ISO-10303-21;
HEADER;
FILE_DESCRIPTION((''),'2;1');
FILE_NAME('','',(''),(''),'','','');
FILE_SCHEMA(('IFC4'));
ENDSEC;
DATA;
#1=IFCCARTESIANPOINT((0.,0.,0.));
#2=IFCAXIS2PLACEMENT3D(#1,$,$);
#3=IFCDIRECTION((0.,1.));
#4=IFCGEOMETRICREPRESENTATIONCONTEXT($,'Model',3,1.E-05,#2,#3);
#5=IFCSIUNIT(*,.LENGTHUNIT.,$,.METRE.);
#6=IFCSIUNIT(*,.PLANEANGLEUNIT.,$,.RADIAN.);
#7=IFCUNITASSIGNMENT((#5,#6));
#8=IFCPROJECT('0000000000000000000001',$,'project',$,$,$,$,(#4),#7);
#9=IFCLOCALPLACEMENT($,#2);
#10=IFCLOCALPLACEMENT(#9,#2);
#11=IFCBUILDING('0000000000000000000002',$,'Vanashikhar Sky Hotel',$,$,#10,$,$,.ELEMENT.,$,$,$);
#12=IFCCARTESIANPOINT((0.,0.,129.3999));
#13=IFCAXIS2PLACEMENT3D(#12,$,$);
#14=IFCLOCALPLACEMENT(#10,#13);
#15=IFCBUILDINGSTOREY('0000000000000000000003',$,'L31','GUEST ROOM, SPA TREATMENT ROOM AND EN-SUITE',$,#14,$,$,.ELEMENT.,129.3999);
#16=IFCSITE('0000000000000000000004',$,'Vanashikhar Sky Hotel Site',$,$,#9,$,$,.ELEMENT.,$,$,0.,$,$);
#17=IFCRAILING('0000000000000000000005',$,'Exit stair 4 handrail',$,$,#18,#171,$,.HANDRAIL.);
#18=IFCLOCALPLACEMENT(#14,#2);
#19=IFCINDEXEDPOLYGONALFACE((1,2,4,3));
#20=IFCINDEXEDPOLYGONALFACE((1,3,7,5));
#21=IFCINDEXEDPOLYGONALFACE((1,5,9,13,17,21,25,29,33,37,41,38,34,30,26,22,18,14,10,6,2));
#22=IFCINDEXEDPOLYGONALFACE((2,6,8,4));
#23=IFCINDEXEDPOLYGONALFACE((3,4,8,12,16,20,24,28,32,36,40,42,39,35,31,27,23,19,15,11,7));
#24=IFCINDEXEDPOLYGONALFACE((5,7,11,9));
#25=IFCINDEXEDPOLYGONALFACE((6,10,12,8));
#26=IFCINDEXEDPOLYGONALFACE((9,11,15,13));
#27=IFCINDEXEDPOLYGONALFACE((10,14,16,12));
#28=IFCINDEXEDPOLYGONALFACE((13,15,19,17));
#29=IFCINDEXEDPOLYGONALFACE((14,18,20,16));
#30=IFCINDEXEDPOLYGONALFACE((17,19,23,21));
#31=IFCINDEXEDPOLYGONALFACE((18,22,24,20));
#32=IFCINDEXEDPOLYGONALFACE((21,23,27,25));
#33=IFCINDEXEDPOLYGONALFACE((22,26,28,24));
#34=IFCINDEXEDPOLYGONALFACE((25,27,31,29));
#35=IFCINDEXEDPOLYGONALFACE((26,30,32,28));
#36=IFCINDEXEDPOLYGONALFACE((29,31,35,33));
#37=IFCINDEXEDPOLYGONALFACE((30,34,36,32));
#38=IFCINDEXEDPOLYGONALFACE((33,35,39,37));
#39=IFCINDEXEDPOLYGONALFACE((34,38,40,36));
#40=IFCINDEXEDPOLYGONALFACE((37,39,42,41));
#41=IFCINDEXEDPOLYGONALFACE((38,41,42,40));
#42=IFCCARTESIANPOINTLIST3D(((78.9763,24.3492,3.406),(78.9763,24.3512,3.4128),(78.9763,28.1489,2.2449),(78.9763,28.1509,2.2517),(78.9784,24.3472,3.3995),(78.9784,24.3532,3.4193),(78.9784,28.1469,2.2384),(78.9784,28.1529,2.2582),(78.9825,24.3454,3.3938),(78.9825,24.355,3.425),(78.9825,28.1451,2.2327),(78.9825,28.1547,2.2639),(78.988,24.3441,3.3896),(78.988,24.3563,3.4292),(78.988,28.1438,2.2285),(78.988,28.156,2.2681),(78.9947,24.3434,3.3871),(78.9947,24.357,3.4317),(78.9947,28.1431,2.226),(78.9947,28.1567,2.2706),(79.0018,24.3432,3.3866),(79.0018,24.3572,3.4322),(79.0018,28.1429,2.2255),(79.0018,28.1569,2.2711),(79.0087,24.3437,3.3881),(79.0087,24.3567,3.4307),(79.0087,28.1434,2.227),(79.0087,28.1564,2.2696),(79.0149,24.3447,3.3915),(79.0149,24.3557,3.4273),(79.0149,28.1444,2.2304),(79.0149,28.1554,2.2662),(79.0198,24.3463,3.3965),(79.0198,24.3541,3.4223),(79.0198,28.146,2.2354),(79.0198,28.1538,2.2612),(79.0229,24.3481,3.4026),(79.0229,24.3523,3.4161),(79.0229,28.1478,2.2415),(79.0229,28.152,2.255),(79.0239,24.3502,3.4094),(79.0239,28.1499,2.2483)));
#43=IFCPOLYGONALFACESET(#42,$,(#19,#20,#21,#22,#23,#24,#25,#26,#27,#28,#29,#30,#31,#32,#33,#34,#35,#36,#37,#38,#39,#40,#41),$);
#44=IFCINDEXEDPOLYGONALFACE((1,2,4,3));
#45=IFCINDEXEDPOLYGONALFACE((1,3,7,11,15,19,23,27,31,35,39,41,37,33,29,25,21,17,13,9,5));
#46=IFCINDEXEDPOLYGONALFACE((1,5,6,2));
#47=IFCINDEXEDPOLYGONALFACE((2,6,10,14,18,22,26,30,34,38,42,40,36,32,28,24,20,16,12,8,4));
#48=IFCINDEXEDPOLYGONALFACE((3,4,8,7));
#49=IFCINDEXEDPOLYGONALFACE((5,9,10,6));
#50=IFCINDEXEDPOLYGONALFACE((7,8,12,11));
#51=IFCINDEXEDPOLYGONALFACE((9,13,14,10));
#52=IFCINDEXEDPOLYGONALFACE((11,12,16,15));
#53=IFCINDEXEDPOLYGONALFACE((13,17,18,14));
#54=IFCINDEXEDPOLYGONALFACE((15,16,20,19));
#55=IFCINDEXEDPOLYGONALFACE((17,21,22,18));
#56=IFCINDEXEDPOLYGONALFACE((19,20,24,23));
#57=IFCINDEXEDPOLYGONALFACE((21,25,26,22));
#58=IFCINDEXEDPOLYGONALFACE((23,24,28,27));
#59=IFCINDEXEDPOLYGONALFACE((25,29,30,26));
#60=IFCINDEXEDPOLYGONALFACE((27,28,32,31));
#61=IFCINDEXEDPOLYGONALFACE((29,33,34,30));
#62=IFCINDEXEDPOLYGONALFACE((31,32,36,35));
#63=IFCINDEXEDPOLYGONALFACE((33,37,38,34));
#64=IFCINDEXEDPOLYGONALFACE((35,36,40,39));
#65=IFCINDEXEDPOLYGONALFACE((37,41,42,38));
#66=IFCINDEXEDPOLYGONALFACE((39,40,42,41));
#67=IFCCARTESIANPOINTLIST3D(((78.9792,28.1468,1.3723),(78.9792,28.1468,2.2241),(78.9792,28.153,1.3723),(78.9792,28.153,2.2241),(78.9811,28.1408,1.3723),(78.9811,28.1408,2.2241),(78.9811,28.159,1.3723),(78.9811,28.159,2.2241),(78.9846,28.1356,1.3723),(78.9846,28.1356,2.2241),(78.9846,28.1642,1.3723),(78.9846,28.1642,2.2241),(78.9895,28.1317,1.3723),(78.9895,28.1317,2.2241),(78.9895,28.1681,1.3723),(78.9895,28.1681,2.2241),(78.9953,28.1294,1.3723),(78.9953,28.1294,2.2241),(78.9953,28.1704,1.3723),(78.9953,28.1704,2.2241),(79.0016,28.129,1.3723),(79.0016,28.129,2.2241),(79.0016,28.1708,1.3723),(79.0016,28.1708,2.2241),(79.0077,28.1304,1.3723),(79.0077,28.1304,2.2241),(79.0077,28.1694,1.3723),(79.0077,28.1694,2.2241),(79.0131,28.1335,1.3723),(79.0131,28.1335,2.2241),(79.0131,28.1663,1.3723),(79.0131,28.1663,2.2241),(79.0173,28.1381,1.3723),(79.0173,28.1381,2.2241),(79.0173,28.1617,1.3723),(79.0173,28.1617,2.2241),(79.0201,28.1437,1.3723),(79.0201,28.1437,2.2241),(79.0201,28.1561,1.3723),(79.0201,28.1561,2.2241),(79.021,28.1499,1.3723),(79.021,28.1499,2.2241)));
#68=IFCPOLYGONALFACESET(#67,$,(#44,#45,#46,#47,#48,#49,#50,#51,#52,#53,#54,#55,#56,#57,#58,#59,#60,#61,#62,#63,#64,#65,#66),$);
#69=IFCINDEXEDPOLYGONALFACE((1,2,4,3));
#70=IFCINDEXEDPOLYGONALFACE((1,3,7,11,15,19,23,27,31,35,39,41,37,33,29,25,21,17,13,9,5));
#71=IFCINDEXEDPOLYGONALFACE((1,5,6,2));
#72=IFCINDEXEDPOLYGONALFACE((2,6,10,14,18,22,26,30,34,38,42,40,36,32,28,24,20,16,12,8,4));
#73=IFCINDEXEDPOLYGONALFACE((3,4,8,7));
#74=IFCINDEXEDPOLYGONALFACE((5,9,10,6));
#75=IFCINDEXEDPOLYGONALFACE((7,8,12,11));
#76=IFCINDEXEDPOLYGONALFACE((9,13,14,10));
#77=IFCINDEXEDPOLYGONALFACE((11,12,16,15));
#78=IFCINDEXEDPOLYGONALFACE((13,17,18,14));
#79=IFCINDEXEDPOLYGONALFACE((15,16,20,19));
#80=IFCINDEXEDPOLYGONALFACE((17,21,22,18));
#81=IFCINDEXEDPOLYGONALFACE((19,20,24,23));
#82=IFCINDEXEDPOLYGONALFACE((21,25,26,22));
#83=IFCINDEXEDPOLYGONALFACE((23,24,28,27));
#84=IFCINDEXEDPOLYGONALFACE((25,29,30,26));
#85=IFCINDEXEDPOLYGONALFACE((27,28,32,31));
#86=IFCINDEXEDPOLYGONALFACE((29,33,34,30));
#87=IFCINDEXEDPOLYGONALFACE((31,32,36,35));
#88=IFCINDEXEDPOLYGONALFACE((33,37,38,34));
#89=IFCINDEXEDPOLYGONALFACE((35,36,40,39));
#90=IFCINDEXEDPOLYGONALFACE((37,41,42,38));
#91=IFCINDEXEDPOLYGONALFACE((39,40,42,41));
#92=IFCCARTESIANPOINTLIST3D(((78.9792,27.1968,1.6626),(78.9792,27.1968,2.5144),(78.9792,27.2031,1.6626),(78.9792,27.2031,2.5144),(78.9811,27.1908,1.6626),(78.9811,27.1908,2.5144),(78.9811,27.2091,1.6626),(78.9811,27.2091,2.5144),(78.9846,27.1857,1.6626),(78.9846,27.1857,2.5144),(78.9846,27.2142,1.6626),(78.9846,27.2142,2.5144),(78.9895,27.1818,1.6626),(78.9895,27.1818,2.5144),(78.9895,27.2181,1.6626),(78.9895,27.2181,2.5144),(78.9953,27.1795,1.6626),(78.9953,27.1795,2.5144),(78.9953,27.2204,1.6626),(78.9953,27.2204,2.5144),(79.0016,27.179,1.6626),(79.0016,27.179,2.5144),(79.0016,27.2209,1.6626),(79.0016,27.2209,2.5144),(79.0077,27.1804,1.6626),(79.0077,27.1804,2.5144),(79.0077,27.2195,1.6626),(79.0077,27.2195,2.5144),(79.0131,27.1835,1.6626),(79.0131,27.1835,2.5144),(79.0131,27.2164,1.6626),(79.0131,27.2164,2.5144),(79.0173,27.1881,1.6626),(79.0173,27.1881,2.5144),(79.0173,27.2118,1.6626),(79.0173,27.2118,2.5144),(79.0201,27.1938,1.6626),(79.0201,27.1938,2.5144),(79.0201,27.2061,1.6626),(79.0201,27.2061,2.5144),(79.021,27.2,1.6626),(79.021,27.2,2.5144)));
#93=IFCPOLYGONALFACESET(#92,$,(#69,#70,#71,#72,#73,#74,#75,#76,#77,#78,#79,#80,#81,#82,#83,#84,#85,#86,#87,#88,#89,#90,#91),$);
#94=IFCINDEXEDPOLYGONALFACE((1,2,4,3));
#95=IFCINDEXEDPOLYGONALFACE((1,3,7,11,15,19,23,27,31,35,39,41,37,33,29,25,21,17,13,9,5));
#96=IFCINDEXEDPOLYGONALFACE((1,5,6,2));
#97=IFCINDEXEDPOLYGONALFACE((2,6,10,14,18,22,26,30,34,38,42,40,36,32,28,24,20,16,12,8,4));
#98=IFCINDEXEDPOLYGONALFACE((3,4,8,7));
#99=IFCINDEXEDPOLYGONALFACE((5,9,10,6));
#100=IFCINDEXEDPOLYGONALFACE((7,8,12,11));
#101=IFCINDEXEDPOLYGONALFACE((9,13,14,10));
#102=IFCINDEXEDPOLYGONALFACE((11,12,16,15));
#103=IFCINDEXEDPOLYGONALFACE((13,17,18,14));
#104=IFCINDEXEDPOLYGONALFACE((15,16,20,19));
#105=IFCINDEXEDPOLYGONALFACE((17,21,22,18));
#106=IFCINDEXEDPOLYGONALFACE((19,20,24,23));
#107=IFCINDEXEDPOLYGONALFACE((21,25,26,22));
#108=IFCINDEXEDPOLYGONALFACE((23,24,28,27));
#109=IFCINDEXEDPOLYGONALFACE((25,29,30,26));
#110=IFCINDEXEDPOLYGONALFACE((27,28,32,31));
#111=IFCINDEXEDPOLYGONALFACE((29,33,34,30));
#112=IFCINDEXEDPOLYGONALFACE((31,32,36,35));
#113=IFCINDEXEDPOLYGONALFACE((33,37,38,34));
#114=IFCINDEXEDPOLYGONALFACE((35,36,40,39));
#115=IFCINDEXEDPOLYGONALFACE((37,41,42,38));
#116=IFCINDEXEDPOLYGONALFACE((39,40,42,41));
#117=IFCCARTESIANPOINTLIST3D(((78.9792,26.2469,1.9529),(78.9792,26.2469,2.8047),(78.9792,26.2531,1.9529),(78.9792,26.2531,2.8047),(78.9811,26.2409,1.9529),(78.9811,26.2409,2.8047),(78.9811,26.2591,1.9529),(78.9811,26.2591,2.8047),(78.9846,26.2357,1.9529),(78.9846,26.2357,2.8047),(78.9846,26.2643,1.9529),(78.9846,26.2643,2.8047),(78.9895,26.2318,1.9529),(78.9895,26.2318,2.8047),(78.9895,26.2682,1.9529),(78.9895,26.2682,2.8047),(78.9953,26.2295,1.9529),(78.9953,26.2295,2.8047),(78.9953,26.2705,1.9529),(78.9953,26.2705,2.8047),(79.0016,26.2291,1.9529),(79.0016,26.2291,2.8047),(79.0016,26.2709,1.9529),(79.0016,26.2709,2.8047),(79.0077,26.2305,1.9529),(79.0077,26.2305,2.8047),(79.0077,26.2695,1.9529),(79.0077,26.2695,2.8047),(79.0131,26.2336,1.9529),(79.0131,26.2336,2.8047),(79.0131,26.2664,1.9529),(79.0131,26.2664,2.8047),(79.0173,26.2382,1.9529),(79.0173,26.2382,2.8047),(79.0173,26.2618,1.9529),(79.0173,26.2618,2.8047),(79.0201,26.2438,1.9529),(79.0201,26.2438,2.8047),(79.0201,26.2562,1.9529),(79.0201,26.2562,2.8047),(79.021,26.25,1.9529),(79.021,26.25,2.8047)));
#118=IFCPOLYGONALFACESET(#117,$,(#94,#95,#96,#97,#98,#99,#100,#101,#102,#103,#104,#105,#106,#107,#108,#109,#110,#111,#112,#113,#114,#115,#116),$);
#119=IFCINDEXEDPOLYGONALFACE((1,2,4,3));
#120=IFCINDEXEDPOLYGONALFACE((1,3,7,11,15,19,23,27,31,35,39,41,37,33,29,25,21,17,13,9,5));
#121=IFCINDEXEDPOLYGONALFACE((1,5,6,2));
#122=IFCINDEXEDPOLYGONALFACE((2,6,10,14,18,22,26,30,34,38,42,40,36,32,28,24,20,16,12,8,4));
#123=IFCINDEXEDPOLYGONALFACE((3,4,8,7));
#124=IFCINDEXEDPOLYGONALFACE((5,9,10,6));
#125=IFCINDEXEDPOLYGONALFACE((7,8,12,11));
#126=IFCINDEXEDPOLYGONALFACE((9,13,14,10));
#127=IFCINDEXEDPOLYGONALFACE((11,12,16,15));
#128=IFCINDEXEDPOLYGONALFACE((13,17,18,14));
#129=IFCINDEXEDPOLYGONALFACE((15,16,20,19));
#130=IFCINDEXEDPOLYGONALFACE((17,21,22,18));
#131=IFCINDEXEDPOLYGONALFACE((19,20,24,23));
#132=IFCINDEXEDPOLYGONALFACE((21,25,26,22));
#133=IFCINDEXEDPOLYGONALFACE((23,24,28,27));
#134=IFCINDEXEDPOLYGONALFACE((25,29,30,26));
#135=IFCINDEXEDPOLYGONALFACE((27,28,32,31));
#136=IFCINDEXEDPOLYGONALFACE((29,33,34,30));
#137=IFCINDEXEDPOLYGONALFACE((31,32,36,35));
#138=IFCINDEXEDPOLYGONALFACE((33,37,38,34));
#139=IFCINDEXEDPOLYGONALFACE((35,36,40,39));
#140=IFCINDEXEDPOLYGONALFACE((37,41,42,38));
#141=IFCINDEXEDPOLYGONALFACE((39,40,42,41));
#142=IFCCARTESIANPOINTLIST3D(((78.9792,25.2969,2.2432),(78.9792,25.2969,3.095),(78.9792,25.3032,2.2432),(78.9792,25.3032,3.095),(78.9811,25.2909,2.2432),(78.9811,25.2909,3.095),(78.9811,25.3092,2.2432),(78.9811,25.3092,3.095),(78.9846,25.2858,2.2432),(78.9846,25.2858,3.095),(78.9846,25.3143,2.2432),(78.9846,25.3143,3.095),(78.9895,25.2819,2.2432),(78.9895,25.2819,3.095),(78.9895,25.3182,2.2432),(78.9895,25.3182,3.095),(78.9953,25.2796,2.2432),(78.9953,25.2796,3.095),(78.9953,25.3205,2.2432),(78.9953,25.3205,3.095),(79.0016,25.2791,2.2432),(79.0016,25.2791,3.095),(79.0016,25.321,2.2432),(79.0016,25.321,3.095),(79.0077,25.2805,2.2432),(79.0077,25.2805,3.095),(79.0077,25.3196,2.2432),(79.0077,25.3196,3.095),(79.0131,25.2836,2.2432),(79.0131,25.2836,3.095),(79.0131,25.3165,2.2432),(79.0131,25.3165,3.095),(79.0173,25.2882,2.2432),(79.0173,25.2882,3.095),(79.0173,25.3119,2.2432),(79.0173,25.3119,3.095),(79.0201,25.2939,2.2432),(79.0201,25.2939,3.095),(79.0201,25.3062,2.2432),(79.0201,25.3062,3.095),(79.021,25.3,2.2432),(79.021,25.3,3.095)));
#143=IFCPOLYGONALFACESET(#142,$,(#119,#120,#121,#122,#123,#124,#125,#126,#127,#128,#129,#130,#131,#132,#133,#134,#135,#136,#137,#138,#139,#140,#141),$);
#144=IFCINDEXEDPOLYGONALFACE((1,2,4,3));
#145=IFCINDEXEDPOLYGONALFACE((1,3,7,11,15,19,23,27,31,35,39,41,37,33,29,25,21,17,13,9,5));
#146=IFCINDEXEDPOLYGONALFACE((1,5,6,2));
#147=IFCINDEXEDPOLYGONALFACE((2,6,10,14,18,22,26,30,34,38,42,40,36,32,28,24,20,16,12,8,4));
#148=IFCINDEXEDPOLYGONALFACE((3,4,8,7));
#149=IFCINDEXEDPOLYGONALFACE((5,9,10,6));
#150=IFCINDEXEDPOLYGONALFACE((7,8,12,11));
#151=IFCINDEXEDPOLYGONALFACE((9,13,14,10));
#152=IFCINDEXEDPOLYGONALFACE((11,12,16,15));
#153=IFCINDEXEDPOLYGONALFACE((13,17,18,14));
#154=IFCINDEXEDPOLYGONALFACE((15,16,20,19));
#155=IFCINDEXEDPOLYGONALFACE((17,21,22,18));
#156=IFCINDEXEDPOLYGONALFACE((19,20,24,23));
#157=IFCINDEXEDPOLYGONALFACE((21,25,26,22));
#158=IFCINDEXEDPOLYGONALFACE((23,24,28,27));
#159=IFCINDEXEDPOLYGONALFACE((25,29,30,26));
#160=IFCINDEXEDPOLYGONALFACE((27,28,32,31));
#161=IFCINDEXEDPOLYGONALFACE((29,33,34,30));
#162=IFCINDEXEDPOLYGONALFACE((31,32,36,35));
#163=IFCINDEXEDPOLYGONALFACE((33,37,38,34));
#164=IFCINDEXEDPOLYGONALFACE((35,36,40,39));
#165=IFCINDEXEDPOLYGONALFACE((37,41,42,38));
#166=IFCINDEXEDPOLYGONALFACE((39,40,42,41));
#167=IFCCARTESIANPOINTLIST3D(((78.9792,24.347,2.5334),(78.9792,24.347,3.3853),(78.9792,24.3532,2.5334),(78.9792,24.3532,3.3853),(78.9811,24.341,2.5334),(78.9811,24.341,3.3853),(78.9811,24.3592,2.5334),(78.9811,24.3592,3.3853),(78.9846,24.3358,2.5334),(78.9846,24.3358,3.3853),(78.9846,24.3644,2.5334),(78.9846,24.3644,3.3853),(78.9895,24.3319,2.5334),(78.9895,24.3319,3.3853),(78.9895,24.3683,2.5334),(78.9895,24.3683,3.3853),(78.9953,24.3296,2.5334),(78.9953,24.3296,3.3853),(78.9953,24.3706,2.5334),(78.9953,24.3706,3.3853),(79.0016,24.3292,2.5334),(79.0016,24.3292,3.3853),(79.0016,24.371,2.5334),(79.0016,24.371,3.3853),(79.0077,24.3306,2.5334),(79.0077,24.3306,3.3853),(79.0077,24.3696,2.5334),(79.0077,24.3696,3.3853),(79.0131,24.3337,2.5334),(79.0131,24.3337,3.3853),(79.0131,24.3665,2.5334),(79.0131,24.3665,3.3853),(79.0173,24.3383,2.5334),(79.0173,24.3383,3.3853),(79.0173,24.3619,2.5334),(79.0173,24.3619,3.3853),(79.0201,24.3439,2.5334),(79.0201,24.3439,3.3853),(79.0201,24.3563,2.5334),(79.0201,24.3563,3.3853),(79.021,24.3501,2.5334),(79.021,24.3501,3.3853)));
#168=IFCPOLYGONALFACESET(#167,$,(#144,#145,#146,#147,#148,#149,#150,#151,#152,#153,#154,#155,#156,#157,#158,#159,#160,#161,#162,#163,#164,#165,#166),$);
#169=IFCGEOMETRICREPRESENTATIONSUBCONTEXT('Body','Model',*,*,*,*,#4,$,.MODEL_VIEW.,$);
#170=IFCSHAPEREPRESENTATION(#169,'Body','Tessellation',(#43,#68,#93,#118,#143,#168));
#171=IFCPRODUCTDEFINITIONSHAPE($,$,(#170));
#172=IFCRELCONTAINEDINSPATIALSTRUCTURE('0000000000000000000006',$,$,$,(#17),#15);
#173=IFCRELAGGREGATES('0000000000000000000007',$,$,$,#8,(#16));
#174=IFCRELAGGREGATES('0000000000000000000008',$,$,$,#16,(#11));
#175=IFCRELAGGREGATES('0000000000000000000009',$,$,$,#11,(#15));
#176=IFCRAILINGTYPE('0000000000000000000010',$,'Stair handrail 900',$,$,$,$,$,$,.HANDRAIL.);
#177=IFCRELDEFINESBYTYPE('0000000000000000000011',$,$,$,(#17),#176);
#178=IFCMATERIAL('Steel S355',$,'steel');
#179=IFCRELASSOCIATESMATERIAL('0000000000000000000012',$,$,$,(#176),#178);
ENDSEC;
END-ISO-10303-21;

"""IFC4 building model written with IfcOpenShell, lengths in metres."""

from ifc_helpers import new_model, si_unit, direction, frame, origin, origin_2d, place, context, subcontext, project, spatial, circle, extrude, source, transform, mapped, material, type_object, element, save


model = new_model("IFC4")

# Units and contexts
model_context = context("Model", 3, precision=1e-05, world=origin(), true_north=direction((0.0, 1.0)))
body_context = subcontext(model_context, "Body", "Model", "MODEL_VIEW")
ifc_project = project(units=[si_unit("LENGTHUNIT", "METRE"), si_unit("PLANEANGLEUNIT", "RADIAN")], contexts=[model_context])

# Site, building, storey
site_placement = place(None, origin())
site = spatial("IfcSite", under=ifc_project, at=site_placement, Name="Vanashikhar Sky Hotel Site", CompositionType="ELEMENT", RefElevation=0.0)
building_placement = place(site_placement, origin())
building = spatial("IfcBuilding", under=site, at=building_placement, Name="Vanashikhar Sky Hotel", CompositionType="ELEMENT")
storey_placement = place(building_placement, frame((0.0, 0.0, 129.3999)))
storey = spatial("IfcBuildingStorey", under=building, at=storey_placement, Name="L31", Description="GUEST ROOM, SPA TREATMENT ROOM AND EN-SUITE", CompositionType="ELEMENT", Elevation=129.3999)

# Railing
ifc_material_1 = material(Name="Steel S355", Category="steel")
railing_type_1 = type_object("IfcRailingType", Name="Stair handrail 900", PredefinedType="HANDRAIL", material=ifc_material_1)
shared_shape_1 = source(origin(), body_context, "Body", "SweptSolid", [
    extrude(circle(Radius=0.0239, at=origin_2d()), frame((0.0, 0.0, 0.876), z_axis=(0.0, -0.956346, 0.292237), x_axis=(1.0, 0.0, 0.0)), (0.0, 0.0, 1.0), 3.9731),
    extrude(circle(Radius=0.021, at=origin_2d()), origin(), (0.0, 0.0, 1.0), 0.8518),
    extrude(circle(Radius=0.021, at=origin_2d()), frame((0.0, -0.95, 0.2903)), (0.0, 0.0, 1.0), 0.8518),
    extrude(circle(Radius=0.021, at=origin_2d()), frame((0.0, -1.8999, 0.5806)), (0.0, 0.0, 1.0), 0.8518),
    extrude(circle(Radius=0.021, at=origin_2d()), frame((0.0, -2.8499, 0.8708)), (0.0, 0.0, 1.0), 0.8518),
    extrude(circle(Radius=0.021, at=origin_2d()), frame((0.0, -3.7998, 1.1611)), (0.0, 0.0, 1.0), 0.8518),
])
railing_1_placement = place(storey_placement, frame((79.0, 28.1499, 1.3723)))
element("IfcRailing", 1, at=railing_1_placement, inside=storey, type_object=railing_type_1, Name="Exit stair 4 handrail", PredefinedType="HANDRAIL", context=body_context, shape_type="MappedRepresentation", body=[
    mapped(shared_shape_1, transform((0.0, 0.0, 0.0), scale=1.0)),
])

save(model, "model.ifc")
